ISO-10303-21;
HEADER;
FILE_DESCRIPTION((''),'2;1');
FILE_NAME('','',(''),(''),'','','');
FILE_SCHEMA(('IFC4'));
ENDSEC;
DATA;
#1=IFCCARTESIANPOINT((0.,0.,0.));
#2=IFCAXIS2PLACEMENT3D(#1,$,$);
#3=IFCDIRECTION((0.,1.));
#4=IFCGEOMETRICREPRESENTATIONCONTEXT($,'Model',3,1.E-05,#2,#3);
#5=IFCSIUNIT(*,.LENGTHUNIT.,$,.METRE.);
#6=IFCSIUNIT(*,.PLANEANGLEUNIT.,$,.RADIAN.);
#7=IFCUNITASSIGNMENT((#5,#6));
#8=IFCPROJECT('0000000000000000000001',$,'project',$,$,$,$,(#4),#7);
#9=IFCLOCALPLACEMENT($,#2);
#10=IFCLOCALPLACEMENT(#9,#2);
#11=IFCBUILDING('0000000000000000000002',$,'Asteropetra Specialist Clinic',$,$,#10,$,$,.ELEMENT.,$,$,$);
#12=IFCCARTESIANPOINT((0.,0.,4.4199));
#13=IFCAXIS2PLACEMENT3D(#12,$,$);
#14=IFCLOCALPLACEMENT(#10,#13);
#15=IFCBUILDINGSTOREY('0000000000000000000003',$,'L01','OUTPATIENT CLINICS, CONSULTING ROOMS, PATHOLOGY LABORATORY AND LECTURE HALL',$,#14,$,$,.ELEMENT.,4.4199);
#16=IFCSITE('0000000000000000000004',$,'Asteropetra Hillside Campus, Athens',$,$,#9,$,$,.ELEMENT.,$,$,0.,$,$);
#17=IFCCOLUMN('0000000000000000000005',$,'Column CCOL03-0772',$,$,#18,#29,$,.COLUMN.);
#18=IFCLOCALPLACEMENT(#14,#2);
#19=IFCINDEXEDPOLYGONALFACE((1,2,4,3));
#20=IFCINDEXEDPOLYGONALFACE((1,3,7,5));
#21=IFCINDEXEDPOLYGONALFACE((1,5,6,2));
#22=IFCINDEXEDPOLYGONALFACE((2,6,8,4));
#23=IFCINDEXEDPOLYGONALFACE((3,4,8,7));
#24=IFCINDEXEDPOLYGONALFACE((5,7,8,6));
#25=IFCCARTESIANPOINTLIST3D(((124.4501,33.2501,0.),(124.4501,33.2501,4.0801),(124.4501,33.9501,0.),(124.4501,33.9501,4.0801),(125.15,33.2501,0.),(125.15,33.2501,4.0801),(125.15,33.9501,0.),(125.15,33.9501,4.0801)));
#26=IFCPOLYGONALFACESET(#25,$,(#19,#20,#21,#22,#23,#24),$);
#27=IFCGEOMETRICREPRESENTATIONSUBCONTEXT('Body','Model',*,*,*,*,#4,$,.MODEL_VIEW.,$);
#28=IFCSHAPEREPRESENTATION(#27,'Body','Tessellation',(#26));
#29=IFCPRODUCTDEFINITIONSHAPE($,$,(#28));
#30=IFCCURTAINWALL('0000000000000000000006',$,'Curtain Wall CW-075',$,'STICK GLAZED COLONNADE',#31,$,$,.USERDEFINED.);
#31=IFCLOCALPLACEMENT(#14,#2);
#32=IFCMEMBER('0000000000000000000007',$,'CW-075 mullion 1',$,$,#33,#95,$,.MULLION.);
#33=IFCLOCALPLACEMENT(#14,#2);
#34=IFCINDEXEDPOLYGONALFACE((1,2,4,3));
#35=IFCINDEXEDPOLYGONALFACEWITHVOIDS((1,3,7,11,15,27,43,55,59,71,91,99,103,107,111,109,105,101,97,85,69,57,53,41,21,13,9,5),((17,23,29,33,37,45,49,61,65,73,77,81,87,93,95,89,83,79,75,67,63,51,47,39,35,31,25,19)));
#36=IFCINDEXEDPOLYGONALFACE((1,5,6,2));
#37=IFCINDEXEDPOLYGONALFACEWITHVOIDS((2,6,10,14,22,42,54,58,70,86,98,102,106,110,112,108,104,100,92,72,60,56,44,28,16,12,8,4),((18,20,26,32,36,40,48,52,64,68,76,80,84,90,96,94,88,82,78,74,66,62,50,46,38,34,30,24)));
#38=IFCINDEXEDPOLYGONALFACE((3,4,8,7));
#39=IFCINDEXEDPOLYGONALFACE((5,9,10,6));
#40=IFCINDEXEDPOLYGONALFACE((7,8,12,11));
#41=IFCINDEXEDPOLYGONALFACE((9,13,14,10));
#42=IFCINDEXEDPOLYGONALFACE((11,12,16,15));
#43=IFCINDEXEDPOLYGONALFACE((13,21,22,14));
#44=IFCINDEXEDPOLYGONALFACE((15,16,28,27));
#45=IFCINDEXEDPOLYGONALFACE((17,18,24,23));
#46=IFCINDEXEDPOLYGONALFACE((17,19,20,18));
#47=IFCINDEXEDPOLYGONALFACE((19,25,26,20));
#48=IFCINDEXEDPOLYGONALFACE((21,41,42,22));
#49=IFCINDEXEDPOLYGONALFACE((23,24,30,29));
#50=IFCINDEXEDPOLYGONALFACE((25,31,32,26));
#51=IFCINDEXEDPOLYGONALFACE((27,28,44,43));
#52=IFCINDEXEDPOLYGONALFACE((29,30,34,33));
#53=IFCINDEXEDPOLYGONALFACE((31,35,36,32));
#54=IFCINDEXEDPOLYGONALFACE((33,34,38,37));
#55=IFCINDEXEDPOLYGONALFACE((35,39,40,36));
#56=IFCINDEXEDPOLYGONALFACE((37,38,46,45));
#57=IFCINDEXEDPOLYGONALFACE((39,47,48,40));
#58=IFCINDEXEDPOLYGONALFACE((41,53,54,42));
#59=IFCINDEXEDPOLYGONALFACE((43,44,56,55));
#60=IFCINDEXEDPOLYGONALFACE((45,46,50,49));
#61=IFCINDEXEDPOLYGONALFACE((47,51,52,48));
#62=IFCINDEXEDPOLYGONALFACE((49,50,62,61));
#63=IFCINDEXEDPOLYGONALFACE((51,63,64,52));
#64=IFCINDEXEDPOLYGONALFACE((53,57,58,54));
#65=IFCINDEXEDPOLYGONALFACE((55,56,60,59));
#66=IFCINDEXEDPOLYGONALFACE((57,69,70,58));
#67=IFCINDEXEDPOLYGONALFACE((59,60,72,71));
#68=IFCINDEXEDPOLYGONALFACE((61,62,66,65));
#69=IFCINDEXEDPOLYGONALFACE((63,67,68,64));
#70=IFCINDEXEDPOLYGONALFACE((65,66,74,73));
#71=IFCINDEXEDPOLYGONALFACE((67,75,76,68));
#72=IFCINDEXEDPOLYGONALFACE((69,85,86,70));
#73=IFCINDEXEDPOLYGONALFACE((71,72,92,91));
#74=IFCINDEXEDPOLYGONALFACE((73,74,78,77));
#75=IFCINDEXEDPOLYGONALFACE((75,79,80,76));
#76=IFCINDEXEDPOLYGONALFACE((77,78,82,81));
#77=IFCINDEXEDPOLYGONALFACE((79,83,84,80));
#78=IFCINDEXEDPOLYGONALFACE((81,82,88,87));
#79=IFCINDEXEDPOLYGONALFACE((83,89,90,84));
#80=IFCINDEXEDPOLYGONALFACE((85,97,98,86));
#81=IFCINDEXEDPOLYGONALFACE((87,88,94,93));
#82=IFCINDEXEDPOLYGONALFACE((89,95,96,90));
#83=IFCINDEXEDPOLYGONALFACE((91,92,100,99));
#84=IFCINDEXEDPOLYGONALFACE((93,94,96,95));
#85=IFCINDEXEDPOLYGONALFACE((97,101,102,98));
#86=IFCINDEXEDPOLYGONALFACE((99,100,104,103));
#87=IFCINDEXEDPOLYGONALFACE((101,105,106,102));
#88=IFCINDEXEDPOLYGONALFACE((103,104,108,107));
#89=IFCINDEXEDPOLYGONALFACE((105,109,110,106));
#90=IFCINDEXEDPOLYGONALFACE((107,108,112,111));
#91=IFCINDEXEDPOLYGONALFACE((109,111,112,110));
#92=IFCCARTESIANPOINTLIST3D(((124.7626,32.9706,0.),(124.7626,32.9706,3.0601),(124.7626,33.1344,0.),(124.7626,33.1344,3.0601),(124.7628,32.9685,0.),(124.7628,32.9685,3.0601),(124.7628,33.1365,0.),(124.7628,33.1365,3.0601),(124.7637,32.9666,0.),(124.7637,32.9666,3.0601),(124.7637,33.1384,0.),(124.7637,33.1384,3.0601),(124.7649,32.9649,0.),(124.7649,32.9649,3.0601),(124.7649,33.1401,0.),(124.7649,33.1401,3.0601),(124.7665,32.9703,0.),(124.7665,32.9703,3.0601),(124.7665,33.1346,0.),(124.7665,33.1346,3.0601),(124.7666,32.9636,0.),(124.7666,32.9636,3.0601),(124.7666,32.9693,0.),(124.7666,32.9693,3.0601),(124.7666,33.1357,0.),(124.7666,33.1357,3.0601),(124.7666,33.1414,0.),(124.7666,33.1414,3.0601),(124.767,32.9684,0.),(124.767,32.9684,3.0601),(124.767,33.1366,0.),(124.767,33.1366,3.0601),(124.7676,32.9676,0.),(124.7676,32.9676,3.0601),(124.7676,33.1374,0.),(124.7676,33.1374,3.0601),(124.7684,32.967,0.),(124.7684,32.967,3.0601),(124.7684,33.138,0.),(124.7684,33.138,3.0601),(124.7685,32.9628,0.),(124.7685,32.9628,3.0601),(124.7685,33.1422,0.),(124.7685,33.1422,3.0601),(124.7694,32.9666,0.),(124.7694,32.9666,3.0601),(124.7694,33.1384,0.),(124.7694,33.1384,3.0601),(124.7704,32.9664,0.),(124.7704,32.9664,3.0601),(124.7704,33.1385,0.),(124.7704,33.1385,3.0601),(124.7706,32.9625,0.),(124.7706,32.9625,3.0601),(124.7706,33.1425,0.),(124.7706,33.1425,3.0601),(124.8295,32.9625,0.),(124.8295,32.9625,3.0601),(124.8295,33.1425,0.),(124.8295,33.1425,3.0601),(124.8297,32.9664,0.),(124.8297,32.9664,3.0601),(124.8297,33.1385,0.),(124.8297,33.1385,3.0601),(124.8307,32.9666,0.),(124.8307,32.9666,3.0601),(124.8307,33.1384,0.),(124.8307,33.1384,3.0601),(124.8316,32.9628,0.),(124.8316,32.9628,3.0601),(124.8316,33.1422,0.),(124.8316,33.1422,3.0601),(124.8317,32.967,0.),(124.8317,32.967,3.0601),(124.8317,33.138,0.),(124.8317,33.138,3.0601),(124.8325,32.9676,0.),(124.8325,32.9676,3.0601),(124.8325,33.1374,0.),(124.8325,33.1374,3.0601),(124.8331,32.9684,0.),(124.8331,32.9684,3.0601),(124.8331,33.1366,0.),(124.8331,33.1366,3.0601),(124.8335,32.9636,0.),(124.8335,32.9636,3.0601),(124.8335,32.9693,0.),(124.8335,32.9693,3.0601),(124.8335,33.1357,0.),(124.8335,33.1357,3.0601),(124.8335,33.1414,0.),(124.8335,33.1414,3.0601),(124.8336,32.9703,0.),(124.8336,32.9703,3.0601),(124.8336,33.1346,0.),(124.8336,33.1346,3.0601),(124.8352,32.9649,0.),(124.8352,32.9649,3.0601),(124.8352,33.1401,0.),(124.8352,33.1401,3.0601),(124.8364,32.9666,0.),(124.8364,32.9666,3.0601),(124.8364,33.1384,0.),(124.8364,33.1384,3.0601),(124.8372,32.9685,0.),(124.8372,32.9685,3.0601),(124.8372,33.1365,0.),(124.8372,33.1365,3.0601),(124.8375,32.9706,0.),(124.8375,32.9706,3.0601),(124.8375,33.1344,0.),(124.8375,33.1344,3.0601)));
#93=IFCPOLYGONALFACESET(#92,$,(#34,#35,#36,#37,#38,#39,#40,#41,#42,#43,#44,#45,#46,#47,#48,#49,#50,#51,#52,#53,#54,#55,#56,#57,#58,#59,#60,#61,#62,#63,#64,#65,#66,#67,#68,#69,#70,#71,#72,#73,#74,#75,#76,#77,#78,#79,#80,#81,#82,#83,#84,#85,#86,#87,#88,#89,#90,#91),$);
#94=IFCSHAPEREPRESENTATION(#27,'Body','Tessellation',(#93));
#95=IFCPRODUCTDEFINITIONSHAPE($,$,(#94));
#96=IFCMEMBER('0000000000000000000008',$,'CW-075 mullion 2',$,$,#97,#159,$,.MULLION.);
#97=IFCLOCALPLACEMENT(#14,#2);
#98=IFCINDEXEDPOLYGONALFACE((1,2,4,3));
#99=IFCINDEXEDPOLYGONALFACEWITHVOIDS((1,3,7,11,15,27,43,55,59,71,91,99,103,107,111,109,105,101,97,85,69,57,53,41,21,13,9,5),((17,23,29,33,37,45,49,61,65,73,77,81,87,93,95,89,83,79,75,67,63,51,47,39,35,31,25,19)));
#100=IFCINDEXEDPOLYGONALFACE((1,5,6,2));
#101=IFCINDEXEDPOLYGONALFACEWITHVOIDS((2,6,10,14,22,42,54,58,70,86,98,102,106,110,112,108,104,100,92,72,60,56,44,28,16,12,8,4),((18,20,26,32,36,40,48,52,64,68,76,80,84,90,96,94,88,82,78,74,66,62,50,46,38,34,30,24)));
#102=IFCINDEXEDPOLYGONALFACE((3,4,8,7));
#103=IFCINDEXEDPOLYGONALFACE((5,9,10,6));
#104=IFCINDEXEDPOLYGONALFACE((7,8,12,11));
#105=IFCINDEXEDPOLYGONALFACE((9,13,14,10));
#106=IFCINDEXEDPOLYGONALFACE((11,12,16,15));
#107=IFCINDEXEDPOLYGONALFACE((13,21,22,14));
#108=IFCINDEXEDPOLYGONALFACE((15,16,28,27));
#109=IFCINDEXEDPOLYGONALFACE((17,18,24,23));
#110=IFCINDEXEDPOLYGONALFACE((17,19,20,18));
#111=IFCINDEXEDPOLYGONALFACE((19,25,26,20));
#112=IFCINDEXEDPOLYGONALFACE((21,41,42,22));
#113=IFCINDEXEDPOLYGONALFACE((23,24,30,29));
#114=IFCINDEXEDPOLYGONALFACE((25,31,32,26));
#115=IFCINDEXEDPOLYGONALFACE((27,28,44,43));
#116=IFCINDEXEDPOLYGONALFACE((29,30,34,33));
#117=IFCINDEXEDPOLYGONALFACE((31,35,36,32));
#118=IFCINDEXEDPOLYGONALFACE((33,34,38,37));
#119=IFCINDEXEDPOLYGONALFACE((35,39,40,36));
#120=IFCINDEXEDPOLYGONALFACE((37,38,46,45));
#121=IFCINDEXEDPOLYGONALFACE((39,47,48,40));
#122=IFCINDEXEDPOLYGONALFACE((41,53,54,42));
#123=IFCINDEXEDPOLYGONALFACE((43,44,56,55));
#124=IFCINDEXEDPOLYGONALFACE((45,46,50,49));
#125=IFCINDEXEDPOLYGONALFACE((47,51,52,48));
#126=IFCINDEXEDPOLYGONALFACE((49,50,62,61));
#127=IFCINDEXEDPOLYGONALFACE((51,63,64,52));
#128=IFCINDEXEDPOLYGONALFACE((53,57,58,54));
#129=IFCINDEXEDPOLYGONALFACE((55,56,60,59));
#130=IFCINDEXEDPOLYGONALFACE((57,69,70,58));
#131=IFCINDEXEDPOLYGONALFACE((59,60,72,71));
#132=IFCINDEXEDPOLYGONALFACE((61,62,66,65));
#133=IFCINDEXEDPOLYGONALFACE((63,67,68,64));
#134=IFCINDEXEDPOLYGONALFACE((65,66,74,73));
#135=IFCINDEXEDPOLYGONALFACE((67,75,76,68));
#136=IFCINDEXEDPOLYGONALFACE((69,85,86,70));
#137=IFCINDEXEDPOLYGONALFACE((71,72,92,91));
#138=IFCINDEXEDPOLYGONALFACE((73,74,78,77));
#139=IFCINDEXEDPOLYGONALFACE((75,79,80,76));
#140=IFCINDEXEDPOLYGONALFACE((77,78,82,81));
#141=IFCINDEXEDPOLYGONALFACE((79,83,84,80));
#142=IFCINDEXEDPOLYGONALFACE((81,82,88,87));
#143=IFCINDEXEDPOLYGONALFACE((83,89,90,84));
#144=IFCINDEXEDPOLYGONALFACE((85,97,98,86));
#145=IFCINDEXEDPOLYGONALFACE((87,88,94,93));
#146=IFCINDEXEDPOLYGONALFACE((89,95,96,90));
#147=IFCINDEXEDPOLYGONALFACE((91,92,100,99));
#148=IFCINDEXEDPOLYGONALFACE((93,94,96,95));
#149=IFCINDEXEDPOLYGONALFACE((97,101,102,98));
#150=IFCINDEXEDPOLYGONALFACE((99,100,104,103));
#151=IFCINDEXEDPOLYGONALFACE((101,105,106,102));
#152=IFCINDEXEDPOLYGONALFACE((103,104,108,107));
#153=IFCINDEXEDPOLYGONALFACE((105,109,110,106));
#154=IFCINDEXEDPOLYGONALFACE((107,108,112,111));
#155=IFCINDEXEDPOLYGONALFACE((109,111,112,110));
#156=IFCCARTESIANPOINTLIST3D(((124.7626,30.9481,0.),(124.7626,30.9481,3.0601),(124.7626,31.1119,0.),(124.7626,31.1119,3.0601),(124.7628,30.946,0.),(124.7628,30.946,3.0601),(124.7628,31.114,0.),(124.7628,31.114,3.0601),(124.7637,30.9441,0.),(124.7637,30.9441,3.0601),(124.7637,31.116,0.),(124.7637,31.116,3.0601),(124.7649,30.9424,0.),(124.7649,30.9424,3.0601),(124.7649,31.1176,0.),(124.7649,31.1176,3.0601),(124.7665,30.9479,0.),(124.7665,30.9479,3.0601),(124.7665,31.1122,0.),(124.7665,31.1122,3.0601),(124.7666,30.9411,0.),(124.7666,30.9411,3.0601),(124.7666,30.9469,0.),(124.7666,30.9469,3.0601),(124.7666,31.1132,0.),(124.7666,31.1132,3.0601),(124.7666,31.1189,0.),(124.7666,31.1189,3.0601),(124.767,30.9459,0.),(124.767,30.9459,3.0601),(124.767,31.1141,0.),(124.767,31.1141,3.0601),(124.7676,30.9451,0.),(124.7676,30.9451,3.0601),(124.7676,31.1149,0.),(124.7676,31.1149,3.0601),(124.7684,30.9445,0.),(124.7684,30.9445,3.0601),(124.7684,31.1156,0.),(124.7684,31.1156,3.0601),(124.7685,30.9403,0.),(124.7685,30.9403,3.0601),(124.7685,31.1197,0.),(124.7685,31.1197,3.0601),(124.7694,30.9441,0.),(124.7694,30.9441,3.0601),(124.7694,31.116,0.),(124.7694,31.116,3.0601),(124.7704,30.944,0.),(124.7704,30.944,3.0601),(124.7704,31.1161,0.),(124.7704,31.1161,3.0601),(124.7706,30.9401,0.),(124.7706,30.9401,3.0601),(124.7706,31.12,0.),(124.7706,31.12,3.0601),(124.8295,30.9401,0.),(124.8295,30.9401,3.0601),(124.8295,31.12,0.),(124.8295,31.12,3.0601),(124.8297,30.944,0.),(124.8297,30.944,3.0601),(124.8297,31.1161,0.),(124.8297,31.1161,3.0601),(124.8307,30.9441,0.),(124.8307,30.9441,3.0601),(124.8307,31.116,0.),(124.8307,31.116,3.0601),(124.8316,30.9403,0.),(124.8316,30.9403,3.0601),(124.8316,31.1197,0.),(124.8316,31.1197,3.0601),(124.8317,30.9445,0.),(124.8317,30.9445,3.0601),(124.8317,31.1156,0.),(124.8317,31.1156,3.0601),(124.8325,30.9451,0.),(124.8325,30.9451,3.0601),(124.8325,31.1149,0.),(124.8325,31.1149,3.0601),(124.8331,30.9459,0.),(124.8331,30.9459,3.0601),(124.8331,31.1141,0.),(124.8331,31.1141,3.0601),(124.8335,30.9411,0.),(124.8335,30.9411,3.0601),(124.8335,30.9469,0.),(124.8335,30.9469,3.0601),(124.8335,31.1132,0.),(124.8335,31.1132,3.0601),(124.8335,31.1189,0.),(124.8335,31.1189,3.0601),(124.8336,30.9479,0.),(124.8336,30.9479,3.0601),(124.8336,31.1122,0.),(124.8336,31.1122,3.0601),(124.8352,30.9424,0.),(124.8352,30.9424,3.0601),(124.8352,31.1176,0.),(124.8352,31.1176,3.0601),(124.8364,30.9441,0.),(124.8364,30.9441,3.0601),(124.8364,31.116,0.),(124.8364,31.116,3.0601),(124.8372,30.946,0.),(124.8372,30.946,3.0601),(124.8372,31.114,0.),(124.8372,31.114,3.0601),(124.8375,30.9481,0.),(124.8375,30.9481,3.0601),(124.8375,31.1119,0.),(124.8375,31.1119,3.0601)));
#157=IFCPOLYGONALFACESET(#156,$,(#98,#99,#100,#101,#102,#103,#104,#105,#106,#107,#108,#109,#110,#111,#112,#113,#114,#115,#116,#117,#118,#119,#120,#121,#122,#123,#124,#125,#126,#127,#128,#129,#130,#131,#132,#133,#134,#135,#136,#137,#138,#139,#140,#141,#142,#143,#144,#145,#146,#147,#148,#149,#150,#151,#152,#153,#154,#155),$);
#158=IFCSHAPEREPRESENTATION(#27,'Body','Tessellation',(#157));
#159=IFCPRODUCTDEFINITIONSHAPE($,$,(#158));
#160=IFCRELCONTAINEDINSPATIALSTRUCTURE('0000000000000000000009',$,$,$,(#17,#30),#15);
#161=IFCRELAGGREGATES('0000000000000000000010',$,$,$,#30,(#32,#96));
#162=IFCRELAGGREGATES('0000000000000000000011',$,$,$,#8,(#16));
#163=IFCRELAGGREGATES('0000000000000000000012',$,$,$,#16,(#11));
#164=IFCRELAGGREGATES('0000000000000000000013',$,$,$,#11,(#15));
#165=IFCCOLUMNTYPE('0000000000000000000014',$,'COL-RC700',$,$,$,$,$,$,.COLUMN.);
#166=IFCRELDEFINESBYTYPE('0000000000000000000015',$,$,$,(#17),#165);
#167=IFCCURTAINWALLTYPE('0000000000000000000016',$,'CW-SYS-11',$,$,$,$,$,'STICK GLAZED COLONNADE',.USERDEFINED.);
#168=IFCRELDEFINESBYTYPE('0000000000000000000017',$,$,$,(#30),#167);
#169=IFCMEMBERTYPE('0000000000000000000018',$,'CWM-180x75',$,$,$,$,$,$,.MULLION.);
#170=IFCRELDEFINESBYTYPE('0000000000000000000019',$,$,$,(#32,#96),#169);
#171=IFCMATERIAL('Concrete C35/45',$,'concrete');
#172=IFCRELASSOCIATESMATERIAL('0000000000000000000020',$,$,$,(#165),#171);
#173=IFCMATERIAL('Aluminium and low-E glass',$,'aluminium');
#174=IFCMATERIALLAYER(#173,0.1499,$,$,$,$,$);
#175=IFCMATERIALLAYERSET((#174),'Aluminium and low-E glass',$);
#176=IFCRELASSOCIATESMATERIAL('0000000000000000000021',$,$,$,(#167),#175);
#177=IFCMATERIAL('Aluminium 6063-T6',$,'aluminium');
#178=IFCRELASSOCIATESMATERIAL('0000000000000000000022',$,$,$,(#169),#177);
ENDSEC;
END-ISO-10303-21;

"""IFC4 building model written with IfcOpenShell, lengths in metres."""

from ifc_helpers import new_model, si_unit, direction, frame, origin, origin_2d, place, context, subcontext, project, spatial, rectangle, hollow_rectangle, extrude, material, layer, layer_set, material_profile, profile_set, type_object, element, aggregate, save


model = new_model("IFC4")

# Units and contexts
model_context = context("Model", 3, precision=1e-05, world=origin(), true_north=direction((0.0, 1.0)))
body_context = subcontext(model_context, "Body", "Model", "MODEL_VIEW")
ifc_project = project(units=[si_unit("LENGTHUNIT", "METRE"), si_unit("PLANEANGLEUNIT", "RADIAN")], contexts=[model_context])

# Site, building, storey
site_placement = place(None, origin())
site = spatial("IfcSite", under=ifc_project, at=site_placement, Name="Asteropetra Hillside Campus, Athens", CompositionType="ELEMENT", RefElevation=0.0)
building_placement = place(site_placement, origin())
building = spatial("IfcBuilding", under=site, at=building_placement, Name="Asteropetra Specialist Clinic", CompositionType="ELEMENT")
storey_placement = place(building_placement, frame((0.0, 0.0, 4.4199)))
storey = spatial("IfcBuildingStorey", under=building, at=storey_placement, Name="L01", Description="OUTPATIENT CLINICS, CONSULTING ROOMS, PATHOLOGY LABORATORY AND LECTURE HALL", CompositionType="ELEMENT", Elevation=4.4199)

# Column
ifc_material_1 = material(Name="Concrete C35/45", Category="concrete")
ifc_material_profile_1 = material_profile(ifc_material_1, rectangle(XDim=0.7, YDim=0.7, at=origin_2d()), Name="RC 700x700")
ifc_profile_set_1 = profile_set([ifc_material_profile_1], Name="Concrete C35/45")
column_type = type_object("IfcColumnType", Name="COL-RC700", PredefinedType="COLUMN", material=ifc_profile_set_1)
column_placement = place(storey_placement, frame((124.8, 33.6001, 0.0), z_axis=(0.0, 0.0, 1.0), x_axis=(1.0, 0.0, 0.0)))
element("IfcColumn", 1, at=column_placement, inside=storey, type_object=column_type, Name="Column CCOL03-0772", PredefinedType="COLUMN", context=body_context, shape_type="SweptSolid", body=[
    extrude(rectangle(XDim=0.7, YDim=0.7, at=origin_2d()), origin(), (0.0, 0.0, 1.0), 4.0801),
])

# Curtain wall, members
ifc_material_2 = material(Name="Aluminium and low-E glass", Category="aluminium")
ifc_layer_1 = layer(ifc_material_2, 0.1499)
ifc_layer_set_1 = layer_set([ifc_layer_1], Name="Aluminium and low-E glass")
curtain_wall_type = type_object("IfcCurtainWallType", Name="CW-SYS-11", ElementType="STICK GLAZED COLONNADE", PredefinedType="USERDEFINED", material=ifc_layer_set_1)
curtain_wall_placement = place(storey_placement, origin())
curtain_wall = element("IfcCurtainWall", 2, at=curtain_wall_placement, inside=storey, type_object=curtain_wall_type, Name="Curtain Wall CW-075", ObjectType="STICK GLAZED COLONNADE", PredefinedType="USERDEFINED")
ifc_material_3 = material(Name="Aluminium 6063-T6", Category="aluminium")
ifc_material_profile_2 = material_profile(ifc_material_3, hollow_rectangle(XDim=0.075, YDim=0.1799, WallThickness=0.0039, InnerFilletRadius=0.0039, OuterFilletRadius=0.0081, at=origin_2d()), Name="MUL 180x75x4.0")
ifc_profile_set_2 = profile_set([ifc_material_profile_2], Name="Aluminium 6063-T6")
member_type_1 = type_object("IfcMemberType", Name="CWM-180x75", PredefinedType="MULLION", material=ifc_profile_set_2)
member_1_placement = place(storey_placement, frame((124.8, 33.0525, 0.0), z_axis=(0.0, 0.0, 1.0), x_axis=(1.0, 0.0, 0.0)))
member_1 = element("IfcMember", 3, at=member_1_placement, type_object=member_type_1, Name="CW-075 mullion 1", PredefinedType="MULLION", context=body_context, shape_type="SweptSolid", body=[
    extrude(hollow_rectangle(XDim=0.075, YDim=0.1799, WallThickness=0.0039, InnerFilletRadius=0.0039, OuterFilletRadius=0.0081, at=origin_2d()), origin(), (0.0, 0.0, 1.0), 3.0601),
])
member_2_placement = place(storey_placement, frame((124.8, 31.03, 0.0), z_axis=(0.0, 0.0, 1.0), x_axis=(1.0, 0.0, 0.0)))
member_2 = element("IfcMember", 4, at=member_2_placement, type_object=member_type_1, Name="CW-075 mullion 2", PredefinedType="MULLION", context=body_context, shape_type="SweptSolid", body=[
    extrude(hollow_rectangle(XDim=0.075, YDim=0.1799, WallThickness=0.0039, InnerFilletRadius=0.0039, OuterFilletRadius=0.0081, at=origin_2d()), origin(), (0.0, 0.0, 1.0), 3.0601),
])

aggregate(curtain_wall, [member_1, member_2])

save(model, "model.ifc")
